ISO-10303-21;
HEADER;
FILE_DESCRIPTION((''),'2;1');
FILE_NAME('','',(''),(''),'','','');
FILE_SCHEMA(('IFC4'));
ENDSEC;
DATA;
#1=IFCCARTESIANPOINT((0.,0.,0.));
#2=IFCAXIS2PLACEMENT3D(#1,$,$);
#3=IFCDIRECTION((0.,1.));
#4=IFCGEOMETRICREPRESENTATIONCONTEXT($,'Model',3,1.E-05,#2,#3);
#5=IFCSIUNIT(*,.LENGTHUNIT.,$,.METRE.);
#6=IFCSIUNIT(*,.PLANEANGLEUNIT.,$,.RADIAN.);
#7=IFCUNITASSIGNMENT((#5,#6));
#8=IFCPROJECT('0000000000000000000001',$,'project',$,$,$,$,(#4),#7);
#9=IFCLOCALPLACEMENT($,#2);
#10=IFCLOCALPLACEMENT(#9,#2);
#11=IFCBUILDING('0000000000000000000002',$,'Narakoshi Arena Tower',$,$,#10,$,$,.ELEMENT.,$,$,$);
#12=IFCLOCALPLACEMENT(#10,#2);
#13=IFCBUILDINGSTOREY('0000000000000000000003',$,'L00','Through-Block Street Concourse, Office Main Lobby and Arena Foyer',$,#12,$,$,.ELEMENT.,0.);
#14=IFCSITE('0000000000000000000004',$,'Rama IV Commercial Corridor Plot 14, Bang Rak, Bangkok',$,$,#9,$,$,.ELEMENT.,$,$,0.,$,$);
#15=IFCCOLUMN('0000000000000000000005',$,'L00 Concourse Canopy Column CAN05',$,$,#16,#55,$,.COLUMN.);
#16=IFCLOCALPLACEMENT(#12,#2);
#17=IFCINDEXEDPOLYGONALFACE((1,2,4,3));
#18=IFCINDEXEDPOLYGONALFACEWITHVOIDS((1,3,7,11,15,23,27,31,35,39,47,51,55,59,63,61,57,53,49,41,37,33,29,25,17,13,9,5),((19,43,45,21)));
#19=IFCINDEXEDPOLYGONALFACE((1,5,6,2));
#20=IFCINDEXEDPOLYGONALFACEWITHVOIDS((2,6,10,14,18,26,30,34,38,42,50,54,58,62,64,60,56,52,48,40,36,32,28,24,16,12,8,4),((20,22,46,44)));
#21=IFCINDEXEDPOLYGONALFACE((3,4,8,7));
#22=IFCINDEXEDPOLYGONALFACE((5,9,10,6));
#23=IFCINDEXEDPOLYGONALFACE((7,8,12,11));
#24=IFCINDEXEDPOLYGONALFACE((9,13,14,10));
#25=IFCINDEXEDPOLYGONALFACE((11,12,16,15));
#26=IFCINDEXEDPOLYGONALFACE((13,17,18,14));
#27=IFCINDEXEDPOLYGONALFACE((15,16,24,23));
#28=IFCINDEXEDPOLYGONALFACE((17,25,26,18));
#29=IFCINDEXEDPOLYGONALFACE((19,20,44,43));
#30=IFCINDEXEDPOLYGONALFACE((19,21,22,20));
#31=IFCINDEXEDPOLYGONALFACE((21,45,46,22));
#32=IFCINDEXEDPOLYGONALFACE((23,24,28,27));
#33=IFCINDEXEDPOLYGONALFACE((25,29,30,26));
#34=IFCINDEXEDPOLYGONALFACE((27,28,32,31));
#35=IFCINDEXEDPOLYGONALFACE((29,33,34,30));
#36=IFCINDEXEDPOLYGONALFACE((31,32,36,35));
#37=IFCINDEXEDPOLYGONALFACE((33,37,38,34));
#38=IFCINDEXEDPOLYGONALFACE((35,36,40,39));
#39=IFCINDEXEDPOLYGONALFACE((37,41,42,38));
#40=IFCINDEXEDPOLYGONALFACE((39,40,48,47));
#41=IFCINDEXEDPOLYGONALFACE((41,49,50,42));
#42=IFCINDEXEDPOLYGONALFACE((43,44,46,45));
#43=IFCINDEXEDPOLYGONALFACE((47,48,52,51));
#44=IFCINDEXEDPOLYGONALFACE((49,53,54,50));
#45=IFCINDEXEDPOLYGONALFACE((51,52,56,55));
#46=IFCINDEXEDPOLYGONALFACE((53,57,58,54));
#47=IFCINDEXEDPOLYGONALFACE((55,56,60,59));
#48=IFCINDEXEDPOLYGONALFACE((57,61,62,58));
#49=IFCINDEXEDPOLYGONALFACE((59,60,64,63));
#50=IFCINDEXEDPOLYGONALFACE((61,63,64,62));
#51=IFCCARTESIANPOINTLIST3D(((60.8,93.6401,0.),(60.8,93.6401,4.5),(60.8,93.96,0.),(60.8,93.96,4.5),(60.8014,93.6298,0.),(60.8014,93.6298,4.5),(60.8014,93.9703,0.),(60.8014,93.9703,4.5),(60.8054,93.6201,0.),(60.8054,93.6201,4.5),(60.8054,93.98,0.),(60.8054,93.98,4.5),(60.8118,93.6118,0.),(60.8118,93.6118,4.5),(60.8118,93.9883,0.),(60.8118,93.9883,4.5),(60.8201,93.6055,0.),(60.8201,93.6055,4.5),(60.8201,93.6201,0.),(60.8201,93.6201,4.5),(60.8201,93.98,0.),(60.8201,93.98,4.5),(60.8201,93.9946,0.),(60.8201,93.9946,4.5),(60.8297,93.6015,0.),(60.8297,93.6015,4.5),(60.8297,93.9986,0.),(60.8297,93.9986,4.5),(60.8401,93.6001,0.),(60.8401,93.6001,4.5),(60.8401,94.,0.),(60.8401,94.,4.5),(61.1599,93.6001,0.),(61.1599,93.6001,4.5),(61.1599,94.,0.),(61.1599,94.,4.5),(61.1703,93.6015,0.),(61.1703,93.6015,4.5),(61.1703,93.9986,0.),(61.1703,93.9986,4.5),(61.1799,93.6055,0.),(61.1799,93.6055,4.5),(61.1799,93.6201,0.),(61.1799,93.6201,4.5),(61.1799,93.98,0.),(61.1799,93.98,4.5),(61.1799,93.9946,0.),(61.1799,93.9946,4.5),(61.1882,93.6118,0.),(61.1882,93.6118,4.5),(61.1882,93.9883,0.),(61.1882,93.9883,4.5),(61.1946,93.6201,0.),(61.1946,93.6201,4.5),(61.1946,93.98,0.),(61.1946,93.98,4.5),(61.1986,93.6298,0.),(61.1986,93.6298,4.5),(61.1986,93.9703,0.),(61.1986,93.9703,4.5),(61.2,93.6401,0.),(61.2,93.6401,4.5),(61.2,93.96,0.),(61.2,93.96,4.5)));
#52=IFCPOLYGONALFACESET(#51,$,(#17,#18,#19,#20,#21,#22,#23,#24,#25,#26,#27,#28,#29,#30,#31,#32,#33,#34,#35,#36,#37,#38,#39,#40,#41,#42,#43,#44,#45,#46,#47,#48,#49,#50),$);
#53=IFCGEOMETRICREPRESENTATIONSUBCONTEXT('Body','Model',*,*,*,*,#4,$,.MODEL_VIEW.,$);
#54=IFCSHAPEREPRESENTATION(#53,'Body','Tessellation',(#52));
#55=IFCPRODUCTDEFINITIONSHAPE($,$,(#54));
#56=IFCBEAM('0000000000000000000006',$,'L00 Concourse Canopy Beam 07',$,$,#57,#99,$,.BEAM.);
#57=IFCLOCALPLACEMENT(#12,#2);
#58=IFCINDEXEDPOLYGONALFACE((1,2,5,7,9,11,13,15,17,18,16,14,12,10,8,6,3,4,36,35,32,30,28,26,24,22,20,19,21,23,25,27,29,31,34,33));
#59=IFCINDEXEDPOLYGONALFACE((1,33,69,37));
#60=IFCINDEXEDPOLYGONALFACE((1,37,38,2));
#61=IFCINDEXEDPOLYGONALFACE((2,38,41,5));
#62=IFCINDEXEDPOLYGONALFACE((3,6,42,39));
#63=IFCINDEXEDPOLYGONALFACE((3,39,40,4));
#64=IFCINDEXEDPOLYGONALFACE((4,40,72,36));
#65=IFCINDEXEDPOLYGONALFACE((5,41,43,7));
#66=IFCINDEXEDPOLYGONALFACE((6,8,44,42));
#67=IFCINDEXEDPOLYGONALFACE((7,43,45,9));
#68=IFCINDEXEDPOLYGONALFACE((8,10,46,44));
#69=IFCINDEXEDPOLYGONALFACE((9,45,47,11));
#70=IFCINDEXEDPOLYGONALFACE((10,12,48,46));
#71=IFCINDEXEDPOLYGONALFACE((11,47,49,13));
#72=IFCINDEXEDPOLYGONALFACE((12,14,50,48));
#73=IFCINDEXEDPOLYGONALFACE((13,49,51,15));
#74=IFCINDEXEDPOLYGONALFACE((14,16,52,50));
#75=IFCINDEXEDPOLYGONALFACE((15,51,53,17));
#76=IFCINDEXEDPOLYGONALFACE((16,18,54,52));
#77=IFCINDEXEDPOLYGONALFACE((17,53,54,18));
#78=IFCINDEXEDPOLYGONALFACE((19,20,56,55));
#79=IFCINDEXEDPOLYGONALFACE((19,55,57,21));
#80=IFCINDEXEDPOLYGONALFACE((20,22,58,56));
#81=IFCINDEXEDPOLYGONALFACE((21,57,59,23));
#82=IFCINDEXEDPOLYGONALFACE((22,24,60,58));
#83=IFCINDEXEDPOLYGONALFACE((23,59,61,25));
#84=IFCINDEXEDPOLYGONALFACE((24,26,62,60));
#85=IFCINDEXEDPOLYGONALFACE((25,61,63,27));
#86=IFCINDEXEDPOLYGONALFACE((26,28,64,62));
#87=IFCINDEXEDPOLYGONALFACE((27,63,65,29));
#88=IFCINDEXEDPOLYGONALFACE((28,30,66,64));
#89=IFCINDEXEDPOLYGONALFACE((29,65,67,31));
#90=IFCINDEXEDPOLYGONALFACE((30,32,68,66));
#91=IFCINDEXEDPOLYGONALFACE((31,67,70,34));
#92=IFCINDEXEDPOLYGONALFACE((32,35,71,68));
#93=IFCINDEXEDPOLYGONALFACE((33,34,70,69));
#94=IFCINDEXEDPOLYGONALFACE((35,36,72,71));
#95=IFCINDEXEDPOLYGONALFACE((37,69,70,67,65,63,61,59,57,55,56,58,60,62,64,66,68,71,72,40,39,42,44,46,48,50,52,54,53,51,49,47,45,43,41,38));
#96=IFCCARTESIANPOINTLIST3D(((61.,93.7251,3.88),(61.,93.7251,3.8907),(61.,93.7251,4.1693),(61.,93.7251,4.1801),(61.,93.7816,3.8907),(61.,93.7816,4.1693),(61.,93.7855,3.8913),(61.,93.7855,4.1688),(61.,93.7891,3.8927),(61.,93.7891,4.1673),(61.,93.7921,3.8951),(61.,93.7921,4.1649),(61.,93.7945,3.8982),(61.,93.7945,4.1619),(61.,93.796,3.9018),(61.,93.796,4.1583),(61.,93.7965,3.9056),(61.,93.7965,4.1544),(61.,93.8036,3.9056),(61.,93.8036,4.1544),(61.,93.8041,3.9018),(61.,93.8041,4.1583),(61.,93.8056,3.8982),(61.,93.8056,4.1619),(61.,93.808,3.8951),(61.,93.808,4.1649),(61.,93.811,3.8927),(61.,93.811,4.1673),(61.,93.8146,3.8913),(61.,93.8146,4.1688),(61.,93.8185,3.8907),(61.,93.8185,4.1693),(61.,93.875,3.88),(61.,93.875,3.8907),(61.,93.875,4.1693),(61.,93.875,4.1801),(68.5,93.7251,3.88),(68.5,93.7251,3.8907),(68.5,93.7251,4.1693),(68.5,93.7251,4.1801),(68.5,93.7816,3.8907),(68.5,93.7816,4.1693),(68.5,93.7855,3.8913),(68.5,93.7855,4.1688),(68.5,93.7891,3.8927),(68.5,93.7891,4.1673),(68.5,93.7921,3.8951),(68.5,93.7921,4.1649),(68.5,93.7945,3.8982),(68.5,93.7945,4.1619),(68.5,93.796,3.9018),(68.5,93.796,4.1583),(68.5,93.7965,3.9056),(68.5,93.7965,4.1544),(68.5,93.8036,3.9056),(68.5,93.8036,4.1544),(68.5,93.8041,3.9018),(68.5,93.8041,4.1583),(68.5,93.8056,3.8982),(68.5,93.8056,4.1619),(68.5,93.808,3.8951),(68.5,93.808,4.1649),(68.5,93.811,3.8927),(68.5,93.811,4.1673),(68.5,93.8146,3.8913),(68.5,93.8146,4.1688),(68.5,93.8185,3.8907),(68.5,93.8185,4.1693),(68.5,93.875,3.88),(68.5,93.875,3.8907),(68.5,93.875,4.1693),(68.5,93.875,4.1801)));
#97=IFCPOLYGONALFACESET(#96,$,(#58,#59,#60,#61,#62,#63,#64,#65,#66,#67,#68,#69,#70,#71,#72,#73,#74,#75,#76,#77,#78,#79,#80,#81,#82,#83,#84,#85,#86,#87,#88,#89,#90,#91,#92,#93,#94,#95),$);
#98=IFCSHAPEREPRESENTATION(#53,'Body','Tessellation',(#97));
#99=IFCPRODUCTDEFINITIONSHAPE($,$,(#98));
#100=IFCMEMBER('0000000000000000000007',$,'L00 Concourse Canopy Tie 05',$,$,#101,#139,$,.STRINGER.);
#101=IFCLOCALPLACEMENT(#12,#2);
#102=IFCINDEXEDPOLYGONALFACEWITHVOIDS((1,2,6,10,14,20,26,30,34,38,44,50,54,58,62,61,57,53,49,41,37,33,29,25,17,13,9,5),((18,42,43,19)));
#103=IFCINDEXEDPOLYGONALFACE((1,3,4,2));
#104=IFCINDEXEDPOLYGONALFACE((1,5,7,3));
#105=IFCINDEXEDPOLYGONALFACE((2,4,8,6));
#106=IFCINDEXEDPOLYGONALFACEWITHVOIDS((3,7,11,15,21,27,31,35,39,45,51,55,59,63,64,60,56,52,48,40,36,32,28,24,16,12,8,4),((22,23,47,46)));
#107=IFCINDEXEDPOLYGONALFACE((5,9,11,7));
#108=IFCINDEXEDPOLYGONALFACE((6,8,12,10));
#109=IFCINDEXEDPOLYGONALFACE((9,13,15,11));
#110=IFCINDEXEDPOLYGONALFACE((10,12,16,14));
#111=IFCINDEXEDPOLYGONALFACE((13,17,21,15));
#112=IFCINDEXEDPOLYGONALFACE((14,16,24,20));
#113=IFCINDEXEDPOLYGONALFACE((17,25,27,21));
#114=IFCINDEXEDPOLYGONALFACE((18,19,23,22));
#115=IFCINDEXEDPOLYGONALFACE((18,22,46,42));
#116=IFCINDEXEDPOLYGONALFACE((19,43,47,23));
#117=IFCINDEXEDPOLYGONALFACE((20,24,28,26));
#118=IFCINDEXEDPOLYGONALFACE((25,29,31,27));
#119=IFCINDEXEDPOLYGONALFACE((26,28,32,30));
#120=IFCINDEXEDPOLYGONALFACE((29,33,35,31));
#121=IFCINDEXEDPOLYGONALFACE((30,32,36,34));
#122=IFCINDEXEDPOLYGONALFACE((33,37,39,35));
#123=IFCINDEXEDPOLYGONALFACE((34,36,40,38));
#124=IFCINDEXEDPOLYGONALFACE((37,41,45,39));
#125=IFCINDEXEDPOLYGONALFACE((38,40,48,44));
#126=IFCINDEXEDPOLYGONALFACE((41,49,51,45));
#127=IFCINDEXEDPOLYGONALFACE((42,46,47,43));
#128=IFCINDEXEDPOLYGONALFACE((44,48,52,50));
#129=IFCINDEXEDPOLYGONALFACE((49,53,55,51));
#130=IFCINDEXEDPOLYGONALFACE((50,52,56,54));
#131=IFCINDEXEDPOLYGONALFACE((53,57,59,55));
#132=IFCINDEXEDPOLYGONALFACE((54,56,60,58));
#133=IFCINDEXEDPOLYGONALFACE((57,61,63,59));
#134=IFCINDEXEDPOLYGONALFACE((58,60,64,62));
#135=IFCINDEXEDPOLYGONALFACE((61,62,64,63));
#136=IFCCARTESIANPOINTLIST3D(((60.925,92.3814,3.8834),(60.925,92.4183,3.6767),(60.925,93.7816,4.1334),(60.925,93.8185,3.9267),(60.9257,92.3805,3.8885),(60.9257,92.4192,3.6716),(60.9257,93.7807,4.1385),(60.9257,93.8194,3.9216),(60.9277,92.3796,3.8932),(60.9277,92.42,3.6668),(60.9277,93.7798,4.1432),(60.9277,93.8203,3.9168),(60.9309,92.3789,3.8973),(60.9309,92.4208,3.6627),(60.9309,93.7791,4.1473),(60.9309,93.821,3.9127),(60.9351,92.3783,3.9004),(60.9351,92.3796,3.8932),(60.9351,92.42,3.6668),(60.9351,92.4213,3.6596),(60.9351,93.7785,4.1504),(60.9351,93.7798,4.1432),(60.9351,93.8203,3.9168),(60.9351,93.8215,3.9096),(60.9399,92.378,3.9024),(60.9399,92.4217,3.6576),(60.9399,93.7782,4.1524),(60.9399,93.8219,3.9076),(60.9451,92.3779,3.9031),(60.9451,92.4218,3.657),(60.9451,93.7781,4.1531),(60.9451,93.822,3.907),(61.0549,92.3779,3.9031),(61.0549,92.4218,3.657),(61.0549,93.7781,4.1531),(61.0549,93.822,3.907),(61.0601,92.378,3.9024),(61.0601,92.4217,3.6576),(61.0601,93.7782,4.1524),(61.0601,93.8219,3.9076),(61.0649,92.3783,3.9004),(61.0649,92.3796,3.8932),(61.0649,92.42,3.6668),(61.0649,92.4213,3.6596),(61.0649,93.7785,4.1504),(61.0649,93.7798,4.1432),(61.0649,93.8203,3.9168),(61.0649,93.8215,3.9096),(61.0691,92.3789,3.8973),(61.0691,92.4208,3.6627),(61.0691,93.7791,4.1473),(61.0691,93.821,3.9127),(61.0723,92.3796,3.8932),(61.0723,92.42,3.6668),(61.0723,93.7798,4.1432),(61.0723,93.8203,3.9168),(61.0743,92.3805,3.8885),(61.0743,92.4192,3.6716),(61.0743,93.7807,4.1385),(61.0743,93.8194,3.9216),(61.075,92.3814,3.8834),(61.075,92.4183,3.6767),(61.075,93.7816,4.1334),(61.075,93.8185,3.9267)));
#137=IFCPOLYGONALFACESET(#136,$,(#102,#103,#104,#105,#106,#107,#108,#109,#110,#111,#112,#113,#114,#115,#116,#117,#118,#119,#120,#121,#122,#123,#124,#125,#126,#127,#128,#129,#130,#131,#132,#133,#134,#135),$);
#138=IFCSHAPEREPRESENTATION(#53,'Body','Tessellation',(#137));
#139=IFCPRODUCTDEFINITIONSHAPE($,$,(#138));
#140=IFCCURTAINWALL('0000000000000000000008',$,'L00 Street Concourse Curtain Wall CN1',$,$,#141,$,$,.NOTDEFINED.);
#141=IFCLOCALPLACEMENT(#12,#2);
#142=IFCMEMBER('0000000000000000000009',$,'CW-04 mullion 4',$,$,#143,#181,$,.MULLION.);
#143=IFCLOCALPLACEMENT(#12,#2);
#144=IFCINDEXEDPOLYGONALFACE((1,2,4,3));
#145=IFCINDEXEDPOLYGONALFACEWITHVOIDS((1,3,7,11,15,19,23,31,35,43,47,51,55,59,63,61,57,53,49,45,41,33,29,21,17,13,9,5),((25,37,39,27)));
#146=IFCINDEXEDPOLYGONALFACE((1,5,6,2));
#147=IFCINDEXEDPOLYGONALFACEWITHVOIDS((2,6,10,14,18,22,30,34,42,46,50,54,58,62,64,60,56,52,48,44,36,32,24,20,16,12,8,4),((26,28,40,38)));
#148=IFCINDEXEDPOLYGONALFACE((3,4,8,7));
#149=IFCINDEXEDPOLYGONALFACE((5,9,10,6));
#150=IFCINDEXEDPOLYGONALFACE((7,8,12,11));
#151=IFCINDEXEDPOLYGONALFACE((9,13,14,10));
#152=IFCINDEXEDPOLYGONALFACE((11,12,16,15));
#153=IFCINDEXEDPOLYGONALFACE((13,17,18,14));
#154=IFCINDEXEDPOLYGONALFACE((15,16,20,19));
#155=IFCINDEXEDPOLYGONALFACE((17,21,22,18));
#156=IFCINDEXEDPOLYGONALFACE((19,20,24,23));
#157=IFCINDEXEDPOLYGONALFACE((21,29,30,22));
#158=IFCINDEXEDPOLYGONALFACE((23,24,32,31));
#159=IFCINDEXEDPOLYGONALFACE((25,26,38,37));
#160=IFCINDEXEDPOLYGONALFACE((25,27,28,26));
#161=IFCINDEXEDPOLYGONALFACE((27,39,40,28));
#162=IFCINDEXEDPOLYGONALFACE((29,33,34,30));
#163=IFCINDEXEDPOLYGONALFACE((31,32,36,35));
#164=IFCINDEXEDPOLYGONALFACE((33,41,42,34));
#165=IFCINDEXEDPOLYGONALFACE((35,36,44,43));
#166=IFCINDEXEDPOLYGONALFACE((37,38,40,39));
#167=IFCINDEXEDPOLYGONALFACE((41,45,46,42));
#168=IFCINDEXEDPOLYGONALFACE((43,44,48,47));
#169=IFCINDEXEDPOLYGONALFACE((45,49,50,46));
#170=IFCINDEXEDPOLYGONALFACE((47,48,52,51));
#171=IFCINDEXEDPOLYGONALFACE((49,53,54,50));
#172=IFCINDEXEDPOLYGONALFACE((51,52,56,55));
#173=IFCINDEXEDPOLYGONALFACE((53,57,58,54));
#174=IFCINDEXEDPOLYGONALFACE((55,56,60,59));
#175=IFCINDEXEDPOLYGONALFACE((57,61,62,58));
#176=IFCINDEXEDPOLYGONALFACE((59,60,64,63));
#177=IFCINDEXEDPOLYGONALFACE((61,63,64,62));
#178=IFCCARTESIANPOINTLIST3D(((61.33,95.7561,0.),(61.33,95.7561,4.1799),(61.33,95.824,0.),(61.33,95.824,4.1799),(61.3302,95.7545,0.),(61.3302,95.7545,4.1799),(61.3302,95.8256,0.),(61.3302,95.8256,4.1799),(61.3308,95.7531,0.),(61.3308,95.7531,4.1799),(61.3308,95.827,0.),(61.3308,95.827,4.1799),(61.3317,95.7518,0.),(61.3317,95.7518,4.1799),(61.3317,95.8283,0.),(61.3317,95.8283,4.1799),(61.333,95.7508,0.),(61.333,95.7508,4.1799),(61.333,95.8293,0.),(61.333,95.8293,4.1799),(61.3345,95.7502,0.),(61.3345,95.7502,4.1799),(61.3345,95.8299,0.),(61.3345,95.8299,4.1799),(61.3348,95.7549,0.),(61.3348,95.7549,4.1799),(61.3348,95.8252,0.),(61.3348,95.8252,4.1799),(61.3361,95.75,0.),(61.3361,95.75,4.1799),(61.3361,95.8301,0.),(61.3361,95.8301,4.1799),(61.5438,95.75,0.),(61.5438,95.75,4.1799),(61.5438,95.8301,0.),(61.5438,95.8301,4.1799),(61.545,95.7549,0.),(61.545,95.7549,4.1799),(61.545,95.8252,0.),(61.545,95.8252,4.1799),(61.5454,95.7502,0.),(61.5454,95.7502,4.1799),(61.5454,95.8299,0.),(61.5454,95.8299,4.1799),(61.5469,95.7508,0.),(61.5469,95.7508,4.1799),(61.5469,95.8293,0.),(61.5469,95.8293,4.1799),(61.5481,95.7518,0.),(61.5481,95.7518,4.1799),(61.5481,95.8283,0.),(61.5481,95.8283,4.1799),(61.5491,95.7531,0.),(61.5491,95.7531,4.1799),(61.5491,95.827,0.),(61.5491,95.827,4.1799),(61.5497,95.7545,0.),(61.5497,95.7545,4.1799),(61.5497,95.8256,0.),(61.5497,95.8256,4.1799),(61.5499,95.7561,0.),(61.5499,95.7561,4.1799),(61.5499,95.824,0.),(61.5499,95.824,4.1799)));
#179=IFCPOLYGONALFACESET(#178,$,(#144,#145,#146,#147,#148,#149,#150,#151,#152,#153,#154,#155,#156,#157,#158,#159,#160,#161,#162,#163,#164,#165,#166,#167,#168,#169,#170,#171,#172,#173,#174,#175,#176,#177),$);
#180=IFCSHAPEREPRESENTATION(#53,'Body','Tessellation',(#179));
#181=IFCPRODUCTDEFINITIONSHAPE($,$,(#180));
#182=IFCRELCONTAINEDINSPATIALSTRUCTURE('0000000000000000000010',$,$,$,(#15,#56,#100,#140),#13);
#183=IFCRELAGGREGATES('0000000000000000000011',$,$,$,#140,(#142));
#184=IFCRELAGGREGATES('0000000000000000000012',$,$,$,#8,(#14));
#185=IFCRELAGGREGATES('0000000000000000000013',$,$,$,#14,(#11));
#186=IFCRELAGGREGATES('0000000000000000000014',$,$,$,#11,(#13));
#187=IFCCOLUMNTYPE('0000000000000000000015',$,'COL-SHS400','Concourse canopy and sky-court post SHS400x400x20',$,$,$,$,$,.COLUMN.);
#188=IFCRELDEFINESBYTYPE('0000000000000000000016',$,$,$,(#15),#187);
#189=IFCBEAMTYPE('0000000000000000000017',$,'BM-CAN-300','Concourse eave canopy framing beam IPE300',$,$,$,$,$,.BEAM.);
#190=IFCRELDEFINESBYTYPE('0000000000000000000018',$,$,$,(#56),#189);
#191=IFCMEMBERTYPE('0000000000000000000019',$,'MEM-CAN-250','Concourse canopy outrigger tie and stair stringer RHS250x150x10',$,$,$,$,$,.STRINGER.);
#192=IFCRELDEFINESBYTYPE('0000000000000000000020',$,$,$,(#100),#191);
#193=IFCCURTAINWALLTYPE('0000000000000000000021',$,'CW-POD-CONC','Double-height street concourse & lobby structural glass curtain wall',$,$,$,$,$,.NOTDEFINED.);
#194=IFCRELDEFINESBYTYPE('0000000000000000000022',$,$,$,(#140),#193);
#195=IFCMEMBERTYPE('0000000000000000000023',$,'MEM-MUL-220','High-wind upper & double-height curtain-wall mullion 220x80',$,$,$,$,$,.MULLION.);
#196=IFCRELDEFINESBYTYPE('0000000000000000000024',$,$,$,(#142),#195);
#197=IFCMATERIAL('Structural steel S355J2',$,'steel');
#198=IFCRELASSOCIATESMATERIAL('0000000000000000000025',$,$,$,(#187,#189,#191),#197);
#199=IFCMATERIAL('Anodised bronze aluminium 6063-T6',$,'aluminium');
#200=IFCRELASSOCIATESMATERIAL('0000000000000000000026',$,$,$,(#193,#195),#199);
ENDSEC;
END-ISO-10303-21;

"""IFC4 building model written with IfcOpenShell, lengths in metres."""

from ifc_helpers import new_model, si_unit, direction, frame, origin, origin_2d, place, context, subcontext, project, spatial, hollow_rectangle, i_section, extrude, material, material_profile, profile_set, type_object, element, aggregate, save


model = new_model("IFC4")

# Units and contexts
model_context = context("Model", 3, precision=1e-05, world=origin(), true_north=direction((0.0, 1.0)))
body_context = subcontext(model_context, "Body", "Model", "MODEL_VIEW")
ifc_project = project(units=[si_unit("LENGTHUNIT", "METRE"), si_unit("PLANEANGLEUNIT", "RADIAN")], contexts=[model_context])

# Site, building, storey
site_placement = place(None, origin())
site = spatial("IfcSite", under=ifc_project, at=site_placement, Name="Rama IV Commercial Corridor Plot 14, Bang Rak, Bangkok", CompositionType="ELEMENT", RefElevation=0.0)
building_placement = place(site_placement, origin())
building = spatial("IfcBuilding", under=site, at=building_placement, Name="Narakoshi Arena Tower", CompositionType="ELEMENT")
storey_placement = place(building_placement, origin())
storey = spatial("IfcBuildingStorey", under=building, at=storey_placement, Name="L00", Description="Through-Block Street Concourse, Office Main Lobby and Arena Foyer", CompositionType="ELEMENT", Elevation=0.0)

# Column
ifc_material_1 = material(Name="Structural steel S355J2", Category="steel")
ifc_material_profile_1 = material_profile(ifc_material_1, hollow_rectangle(XDim=0.3999, YDim=0.3999, WallThickness=0.02, OuterFilletRadius=0.04, at=origin_2d()), Name="SHS400x400x20")
ifc_profile_set_1 = profile_set([ifc_material_profile_1], Name="Structural steel S355J2")
column_type = type_object("IfcColumnType", Name="COL-SHS400", Description="Concourse canopy and sky-court post SHS400x400x20", PredefinedType="COLUMN", material=ifc_profile_set_1)
column_placement = place(storey_placement, frame((61.0, 93.8, 0.0), z_axis=(0.0, 0.0, 1.0), x_axis=(1.0, 0.0, 0.0)))
element("IfcColumn", 1, at=column_placement, inside=storey, type_object=column_type, Name="L00 Concourse Canopy Column CAN05", PredefinedType="COLUMN", context=body_context, shape_type="SweptSolid", body=[
    extrude(hollow_rectangle(XDim=0.3999, YDim=0.3999, WallThickness=0.02, OuterFilletRadius=0.04, at=origin_2d()), origin(), (0.0, 0.0, 1.0), 4.5),
])

# Beam
ifc_material_profile_2 = material_profile(ifc_material_1, i_section(OverallWidth=0.1499, OverallDepth=0.3, WebThickness=0.0071, FlangeThickness=0.0107, FilletRadius=0.0149, at=origin_2d()), Name="IPE300")
ifc_profile_set_2 = profile_set([ifc_material_profile_2], Name="Structural steel S355J2")
beam_type = type_object("IfcBeamType", Name="BM-CAN-300", Description="Concourse eave canopy framing beam IPE300", PredefinedType="BEAM", material=ifc_profile_set_2)
beam_placement = place(storey_placement, frame((61.0, 93.8, 4.03), z_axis=(1.0, 0.0, 0.0), x_axis=(0.0, 1.0, 0.0)))
element("IfcBeam", 2, at=beam_placement, inside=storey, type_object=beam_type, Name="L00 Concourse Canopy Beam 07", PredefinedType="BEAM", context=body_context, shape_type="SweptSolid", body=[
    extrude(i_section(OverallWidth=0.1499, OverallDepth=0.3, WebThickness=0.0071, FlangeThickness=0.0107, FilletRadius=0.0149, at=origin_2d()), origin(), (0.0, 0.0, 1.0), 7.5),
])

# Member
ifc_material_profile_3 = material_profile(ifc_material_1, hollow_rectangle(XDim=0.1499, YDim=0.25, WallThickness=0.01, OuterFilletRadius=0.02, at=origin_2d()), Name="RHS250x150x10")
ifc_profile_set_3 = profile_set([ifc_material_profile_3], Name="Structural steel S355J2")
member_type_1 = type_object("IfcMemberType", Name="MEM-CAN-250", Description="Concourse canopy outrigger tie and stair stringer RHS250x150x10", PredefinedType="STRINGER", material=ifc_profile_set_3)
member_1_placement = place(storey_placement, frame((61.0, 93.8, 4.03), z_axis=(0.0, -0.984431, -0.175773), x_axis=(1.0, 0.0, 0.0)))
element("IfcMember", 3, at=member_1_placement, inside=storey, type_object=member_type_1, Name="L00 Concourse Canopy Tie 05", PredefinedType="STRINGER", context=body_context, shape_type="SweptSolid", body=[
    extrude(hollow_rectangle(XDim=0.1499, YDim=0.25, WallThickness=0.01, OuterFilletRadius=0.02, at=origin_2d()), origin(), (0.0, 0.0, 1.0), 1.4224),
])

# Curtain wall, member
ifc_material_2 = material(Name="Anodised bronze aluminium 6063-T6", Category="aluminium")
curtain_wall_type = type_object("IfcCurtainWallType", Name="CW-POD-CONC", Description="Double-height street concourse & lobby structural glass curtain wall", PredefinedType="NOTDEFINED", material=ifc_material_2)
curtain_wall_1_placement = place(storey_placement, origin())
curtain_wall_1 = element("IfcCurtainWall", 4, at=curtain_wall_1_placement, inside=storey, type_object=curtain_wall_type, Name="L00 Street Concourse Curtain Wall CN1", PredefinedType="NOTDEFINED")
ifc_material_profile_4 = material_profile(ifc_material_2, hollow_rectangle(XDim=0.0801, YDim=0.22, WallThickness=0.0049, OuterFilletRadius=0.0061, at=origin_2d()), Name="MUL220x80x5")
ifc_profile_set_4 = profile_set([ifc_material_profile_4], Name="Anodised bronze aluminium 6063-T6")
member_type_2 = type_object("IfcMemberType", Name="MEM-MUL-220", Description="High-wind upper & double-height curtain-wall mullion 220x80", PredefinedType="MULLION", material=ifc_profile_set_4)
member_2_placement = place(storey_placement, frame((61.4399, 95.79, 0.0), z_axis=(0.0, 0.0, 1.0), x_axis=(0.0, -1.0, 0.0)))
member_2 = element("IfcMember", 5, at=member_2_placement, type_object=member_type_2, Name="CW-04 mullion 4", PredefinedType="MULLION", context=body_context, shape_type="SweptSolid", body=[
    extrude(hollow_rectangle(XDim=0.0801, YDim=0.22, WallThickness=0.0049, OuterFilletRadius=0.0061, at=origin_2d()), origin(), (0.0, 0.0, 1.0), 4.1799),
])

aggregate(curtain_wall_1, [member_2])

save(model, "model.ifc")
